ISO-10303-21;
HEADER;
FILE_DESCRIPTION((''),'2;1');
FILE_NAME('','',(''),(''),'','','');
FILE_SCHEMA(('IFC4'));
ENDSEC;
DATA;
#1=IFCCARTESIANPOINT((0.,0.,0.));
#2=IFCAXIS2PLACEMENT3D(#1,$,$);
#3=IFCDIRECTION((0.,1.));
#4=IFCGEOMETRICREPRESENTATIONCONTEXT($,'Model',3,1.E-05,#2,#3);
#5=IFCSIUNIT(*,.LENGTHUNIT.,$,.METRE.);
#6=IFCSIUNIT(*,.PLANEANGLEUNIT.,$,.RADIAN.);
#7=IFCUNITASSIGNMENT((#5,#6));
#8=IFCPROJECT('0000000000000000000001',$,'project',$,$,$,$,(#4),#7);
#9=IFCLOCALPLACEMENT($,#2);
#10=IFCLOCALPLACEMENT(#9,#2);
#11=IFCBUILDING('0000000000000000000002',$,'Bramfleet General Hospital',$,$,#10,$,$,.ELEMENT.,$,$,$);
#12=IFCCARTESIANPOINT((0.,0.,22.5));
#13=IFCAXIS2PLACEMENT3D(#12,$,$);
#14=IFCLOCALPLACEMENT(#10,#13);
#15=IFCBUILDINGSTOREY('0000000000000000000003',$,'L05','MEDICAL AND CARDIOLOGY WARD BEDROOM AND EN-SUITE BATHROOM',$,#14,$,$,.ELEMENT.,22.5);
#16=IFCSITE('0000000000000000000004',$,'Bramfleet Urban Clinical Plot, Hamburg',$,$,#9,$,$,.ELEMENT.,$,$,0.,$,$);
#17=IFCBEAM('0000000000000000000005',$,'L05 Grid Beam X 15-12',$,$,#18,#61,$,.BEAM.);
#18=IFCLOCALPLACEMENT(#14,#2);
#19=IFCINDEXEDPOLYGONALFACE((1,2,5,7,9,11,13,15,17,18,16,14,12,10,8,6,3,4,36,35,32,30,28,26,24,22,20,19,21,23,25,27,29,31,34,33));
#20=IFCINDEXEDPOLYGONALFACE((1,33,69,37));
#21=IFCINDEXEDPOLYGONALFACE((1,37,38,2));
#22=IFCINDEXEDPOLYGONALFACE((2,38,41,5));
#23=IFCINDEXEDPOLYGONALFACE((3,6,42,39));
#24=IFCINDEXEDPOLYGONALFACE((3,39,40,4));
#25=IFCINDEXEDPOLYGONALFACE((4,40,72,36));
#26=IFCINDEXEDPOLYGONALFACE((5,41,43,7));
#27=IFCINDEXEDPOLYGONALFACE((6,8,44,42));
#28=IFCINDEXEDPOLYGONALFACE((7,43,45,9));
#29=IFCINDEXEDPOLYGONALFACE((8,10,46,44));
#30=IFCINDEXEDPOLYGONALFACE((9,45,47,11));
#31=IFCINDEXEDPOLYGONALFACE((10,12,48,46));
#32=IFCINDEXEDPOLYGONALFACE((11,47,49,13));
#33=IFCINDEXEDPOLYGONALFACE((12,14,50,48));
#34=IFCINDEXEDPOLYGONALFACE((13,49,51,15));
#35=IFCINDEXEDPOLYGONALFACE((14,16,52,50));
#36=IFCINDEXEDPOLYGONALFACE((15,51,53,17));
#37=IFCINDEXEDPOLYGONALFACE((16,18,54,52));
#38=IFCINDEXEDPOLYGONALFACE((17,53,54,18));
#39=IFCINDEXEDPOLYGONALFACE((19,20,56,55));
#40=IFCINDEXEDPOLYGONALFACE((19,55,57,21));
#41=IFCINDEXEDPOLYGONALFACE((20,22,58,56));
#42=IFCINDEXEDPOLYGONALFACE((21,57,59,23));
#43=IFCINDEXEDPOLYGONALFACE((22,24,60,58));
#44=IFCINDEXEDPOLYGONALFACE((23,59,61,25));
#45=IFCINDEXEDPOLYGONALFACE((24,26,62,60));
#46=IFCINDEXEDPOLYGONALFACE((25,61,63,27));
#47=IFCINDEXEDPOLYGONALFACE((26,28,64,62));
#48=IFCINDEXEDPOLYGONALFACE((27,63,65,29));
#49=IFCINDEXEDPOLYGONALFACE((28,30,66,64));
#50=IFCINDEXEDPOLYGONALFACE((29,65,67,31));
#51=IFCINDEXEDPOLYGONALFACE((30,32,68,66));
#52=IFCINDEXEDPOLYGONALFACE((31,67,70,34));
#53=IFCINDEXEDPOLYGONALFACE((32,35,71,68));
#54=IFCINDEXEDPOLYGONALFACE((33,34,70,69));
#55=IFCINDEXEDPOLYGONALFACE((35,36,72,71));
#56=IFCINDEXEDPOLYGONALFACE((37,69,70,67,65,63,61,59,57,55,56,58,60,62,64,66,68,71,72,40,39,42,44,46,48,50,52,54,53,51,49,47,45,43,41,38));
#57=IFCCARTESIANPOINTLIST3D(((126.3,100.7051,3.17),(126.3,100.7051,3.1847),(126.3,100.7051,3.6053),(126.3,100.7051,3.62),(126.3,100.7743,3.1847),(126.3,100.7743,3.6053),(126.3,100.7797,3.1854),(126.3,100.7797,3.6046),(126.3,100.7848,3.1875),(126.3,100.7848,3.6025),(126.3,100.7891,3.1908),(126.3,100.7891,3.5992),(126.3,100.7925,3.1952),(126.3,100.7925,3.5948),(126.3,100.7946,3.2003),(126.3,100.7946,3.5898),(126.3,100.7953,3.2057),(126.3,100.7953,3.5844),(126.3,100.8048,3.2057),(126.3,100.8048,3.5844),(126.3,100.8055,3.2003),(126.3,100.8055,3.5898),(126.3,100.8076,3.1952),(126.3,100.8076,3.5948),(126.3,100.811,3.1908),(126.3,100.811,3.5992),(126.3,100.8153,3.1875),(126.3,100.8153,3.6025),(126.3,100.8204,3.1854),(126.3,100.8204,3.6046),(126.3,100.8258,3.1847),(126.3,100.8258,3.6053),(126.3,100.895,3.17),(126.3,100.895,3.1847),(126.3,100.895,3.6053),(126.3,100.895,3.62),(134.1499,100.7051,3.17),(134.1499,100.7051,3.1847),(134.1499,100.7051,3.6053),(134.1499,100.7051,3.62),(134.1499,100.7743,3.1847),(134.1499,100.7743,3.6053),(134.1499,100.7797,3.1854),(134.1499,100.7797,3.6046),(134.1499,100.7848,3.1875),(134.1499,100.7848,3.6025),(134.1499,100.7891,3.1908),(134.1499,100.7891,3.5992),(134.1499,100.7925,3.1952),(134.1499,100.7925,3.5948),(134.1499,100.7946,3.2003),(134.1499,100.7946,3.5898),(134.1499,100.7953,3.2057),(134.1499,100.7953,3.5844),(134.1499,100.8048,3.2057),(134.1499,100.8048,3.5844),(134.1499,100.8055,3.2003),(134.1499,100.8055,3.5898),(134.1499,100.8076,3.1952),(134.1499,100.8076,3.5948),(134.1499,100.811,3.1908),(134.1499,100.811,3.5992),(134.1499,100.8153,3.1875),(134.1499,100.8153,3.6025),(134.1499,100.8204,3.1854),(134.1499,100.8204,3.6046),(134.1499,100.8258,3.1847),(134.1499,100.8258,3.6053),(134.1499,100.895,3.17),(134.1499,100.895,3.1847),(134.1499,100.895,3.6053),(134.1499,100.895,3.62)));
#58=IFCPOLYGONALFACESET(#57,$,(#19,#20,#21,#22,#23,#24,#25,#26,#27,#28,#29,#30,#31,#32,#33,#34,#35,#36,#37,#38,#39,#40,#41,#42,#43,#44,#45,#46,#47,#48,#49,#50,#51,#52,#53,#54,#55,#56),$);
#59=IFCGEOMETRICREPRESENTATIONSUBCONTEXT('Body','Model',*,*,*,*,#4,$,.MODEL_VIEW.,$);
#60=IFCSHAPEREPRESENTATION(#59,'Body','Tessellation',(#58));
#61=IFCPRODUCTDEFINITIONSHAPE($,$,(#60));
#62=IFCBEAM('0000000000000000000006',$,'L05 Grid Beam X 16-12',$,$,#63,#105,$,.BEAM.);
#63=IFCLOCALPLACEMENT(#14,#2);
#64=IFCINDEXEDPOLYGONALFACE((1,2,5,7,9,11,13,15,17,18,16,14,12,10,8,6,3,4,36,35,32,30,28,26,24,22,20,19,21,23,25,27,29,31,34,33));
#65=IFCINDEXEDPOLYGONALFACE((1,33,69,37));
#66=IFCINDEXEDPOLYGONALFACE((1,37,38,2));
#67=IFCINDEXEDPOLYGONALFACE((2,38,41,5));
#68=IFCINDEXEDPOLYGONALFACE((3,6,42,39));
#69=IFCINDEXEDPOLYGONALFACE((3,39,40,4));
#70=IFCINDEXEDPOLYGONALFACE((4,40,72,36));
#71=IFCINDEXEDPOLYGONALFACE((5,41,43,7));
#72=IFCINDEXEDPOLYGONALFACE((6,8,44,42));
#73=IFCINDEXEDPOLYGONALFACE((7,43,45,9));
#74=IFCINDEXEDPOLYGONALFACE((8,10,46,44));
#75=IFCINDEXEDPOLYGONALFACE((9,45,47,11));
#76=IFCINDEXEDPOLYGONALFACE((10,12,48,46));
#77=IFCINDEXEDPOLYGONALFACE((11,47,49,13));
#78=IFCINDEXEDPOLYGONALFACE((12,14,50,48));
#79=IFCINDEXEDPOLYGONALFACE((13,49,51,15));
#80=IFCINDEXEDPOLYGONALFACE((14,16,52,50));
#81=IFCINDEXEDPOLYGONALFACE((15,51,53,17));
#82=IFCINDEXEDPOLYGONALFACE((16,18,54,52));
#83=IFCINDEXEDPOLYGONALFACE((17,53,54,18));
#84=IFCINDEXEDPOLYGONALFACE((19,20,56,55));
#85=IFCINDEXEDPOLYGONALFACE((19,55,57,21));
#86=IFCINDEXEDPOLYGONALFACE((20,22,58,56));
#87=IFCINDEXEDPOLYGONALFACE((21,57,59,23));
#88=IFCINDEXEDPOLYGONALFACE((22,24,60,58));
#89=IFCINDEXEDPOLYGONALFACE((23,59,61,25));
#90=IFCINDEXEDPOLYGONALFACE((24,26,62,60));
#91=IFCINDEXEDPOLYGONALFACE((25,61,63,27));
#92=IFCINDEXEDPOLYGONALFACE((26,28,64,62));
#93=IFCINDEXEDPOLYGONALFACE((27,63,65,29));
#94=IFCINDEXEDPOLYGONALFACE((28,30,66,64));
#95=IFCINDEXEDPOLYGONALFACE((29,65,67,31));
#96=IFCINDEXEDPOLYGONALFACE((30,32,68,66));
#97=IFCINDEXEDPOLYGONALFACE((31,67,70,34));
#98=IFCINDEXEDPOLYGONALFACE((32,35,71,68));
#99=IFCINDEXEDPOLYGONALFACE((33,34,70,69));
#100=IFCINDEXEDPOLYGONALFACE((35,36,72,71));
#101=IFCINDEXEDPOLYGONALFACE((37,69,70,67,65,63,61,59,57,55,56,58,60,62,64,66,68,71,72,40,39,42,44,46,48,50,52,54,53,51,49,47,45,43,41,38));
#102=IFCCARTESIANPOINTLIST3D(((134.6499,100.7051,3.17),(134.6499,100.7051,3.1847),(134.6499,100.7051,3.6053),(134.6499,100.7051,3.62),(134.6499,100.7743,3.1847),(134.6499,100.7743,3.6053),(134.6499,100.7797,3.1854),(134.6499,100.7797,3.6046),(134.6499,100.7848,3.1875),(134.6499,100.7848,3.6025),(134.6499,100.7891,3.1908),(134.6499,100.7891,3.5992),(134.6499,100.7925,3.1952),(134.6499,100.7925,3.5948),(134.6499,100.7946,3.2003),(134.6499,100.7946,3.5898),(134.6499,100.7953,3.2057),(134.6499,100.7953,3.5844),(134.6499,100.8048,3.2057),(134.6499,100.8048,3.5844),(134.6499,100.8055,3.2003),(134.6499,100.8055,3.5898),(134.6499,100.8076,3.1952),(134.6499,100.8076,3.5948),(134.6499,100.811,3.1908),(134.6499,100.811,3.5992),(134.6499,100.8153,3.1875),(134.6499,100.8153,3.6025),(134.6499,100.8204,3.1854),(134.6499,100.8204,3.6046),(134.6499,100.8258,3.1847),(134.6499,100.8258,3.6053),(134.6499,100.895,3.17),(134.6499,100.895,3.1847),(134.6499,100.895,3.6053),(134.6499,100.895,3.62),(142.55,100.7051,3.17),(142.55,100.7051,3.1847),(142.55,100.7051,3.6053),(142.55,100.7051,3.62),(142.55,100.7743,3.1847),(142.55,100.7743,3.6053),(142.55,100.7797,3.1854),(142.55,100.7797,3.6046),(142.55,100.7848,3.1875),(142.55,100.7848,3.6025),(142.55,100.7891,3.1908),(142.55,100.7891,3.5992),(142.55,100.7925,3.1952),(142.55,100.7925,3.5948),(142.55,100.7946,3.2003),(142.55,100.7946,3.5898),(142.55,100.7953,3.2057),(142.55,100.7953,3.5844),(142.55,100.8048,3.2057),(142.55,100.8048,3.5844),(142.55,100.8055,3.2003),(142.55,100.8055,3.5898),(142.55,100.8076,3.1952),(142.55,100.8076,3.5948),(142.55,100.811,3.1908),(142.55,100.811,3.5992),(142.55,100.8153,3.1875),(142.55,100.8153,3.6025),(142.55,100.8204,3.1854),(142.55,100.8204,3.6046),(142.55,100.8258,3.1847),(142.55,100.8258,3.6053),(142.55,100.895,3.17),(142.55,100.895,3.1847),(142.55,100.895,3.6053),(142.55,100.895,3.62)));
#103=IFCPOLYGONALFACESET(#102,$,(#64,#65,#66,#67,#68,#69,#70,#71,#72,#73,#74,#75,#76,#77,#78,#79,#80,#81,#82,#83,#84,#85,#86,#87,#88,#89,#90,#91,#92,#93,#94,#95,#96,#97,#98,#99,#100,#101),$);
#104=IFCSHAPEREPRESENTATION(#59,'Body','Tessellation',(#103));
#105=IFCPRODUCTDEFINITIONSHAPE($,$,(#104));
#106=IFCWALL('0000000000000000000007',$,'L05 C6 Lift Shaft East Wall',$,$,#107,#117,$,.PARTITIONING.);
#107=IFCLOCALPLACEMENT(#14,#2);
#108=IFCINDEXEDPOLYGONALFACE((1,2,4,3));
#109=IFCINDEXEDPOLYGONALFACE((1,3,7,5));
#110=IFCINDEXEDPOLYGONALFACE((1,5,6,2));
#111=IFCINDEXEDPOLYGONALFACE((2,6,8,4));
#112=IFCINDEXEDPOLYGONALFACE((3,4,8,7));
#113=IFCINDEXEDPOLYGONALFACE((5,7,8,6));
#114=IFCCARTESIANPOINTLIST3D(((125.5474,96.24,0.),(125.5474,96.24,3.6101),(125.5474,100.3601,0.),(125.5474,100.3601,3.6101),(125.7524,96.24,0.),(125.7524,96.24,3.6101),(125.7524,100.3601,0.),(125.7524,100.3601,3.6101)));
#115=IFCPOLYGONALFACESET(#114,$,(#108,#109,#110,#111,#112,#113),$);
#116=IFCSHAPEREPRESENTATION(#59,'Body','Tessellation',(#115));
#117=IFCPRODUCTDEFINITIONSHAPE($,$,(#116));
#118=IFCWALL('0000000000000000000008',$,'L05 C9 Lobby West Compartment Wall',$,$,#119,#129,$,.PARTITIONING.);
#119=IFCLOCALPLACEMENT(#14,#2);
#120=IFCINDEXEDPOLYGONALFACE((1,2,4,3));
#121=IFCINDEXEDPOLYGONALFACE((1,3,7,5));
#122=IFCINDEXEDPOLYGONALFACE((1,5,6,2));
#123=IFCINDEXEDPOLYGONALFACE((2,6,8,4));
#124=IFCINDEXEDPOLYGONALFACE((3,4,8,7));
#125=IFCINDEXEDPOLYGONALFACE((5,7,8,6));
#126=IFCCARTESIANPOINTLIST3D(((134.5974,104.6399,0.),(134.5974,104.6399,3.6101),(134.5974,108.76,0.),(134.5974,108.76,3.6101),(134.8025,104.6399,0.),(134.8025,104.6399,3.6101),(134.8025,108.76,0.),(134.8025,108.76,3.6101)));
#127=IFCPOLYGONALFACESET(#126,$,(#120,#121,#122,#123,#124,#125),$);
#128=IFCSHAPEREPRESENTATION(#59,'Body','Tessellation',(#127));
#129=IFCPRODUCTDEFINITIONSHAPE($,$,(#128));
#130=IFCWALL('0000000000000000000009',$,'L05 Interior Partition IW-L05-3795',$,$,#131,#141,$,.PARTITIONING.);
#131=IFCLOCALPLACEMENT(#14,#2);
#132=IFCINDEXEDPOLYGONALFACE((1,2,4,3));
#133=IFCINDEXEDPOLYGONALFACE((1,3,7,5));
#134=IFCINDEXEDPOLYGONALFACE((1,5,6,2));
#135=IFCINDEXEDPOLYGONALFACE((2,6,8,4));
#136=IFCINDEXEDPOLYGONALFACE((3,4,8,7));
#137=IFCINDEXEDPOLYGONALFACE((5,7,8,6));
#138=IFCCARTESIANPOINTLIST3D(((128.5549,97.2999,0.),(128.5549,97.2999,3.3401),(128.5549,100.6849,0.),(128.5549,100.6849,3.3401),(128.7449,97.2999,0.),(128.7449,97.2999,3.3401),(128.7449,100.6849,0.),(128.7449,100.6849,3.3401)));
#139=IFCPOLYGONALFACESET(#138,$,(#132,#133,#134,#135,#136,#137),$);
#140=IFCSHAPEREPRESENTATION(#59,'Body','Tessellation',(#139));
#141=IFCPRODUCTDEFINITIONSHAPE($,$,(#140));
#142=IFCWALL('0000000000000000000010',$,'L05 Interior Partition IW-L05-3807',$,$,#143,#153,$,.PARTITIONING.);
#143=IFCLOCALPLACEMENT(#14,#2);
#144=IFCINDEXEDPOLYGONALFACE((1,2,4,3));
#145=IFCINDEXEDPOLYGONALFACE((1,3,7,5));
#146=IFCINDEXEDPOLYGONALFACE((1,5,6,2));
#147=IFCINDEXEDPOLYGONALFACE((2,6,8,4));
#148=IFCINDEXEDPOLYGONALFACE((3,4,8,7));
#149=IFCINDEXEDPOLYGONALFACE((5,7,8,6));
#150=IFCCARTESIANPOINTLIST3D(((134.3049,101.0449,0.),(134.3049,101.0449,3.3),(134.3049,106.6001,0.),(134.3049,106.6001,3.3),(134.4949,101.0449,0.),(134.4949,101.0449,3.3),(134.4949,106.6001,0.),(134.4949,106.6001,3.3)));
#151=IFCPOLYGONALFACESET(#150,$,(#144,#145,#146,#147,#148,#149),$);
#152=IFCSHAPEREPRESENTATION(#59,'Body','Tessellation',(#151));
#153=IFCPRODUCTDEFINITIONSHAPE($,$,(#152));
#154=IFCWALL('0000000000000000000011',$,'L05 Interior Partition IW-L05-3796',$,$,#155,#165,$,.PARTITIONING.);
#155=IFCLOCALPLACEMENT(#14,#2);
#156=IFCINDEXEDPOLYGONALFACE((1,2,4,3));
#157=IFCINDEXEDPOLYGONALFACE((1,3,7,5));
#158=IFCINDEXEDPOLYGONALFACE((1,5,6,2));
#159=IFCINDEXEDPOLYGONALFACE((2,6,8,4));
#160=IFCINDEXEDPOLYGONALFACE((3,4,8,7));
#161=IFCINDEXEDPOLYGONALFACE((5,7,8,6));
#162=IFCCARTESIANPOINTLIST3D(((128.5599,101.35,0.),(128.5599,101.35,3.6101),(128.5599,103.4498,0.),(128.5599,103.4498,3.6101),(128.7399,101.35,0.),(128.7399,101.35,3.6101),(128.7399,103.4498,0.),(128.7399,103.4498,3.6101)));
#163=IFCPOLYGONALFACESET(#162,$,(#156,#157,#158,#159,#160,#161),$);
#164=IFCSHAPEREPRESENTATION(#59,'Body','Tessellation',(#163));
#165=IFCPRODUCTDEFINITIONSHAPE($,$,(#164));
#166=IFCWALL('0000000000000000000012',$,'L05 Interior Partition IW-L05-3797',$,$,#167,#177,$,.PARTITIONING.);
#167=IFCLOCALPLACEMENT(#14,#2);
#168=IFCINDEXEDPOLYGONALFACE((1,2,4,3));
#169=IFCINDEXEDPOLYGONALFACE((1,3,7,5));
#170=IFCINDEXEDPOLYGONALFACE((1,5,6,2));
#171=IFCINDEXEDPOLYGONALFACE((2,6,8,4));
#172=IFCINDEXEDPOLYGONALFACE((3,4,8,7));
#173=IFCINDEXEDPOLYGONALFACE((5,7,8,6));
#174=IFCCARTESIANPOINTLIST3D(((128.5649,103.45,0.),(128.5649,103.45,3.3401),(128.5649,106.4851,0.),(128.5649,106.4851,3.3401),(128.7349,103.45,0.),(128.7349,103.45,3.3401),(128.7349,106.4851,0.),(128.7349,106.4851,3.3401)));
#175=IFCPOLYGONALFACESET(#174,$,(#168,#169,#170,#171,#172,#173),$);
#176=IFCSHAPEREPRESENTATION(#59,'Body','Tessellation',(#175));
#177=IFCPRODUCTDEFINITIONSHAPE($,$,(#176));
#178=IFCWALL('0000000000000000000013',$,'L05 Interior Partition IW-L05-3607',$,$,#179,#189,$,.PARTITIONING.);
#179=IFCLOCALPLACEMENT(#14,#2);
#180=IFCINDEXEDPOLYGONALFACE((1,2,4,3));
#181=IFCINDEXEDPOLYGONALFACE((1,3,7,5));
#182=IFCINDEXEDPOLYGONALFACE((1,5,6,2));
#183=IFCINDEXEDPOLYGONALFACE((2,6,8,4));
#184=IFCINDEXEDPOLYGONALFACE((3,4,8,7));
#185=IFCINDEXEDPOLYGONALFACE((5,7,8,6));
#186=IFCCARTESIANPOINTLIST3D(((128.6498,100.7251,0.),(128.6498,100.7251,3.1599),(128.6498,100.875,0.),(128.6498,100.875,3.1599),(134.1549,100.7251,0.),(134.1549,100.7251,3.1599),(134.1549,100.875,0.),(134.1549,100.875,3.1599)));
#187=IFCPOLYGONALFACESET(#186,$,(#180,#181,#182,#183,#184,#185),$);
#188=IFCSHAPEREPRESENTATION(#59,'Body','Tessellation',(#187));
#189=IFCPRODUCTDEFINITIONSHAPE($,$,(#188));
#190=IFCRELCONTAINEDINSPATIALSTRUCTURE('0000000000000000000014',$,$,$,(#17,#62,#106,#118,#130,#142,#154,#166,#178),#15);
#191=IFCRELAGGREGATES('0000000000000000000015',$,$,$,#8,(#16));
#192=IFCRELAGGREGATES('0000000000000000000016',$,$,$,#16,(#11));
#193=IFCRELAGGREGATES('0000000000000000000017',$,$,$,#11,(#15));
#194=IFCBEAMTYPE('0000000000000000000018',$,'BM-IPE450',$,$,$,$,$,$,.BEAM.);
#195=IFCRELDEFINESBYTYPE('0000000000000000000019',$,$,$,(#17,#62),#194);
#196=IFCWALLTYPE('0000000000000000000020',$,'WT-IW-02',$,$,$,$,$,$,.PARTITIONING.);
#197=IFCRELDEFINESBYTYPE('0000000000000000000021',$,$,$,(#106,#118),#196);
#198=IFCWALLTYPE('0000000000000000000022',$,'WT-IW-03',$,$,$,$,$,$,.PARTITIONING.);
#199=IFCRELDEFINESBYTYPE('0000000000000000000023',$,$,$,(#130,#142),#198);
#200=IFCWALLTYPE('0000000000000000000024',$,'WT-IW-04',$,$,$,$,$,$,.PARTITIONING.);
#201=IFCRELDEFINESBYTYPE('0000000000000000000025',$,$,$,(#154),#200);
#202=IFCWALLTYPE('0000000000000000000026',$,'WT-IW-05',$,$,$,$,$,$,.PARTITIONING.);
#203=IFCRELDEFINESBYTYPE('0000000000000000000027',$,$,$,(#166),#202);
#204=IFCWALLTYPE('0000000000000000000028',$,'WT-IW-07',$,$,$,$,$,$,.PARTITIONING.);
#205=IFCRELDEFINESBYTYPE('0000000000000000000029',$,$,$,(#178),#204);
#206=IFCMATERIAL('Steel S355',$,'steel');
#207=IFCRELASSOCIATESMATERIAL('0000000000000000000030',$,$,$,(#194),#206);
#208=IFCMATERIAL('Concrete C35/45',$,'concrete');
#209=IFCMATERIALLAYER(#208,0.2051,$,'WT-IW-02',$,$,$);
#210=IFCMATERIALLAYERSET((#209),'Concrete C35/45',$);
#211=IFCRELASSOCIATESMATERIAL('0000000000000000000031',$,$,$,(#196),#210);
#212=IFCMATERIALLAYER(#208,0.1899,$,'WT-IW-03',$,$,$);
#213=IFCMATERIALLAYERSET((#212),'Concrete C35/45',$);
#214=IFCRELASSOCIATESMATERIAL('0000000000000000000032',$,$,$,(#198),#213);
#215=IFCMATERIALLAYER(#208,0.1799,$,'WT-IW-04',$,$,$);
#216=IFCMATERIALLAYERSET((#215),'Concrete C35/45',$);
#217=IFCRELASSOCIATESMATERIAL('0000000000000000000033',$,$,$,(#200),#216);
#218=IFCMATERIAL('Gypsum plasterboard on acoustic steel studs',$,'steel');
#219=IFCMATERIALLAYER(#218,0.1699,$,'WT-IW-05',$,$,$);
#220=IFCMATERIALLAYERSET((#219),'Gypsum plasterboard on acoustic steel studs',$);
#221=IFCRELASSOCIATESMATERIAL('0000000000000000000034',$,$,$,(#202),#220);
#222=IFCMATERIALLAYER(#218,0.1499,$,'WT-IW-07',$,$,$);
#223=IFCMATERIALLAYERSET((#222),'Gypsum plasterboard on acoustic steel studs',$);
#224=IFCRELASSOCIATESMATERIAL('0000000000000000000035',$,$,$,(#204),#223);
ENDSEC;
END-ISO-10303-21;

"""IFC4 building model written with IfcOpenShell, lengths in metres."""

from ifc_helpers import new_model, si_unit, direction, frame, frame_2d, origin, origin_2d, place, context, subcontext, project, spatial, rectangle, i_section, extrude, material, layer, layer_set, material_profile, profile_set, type_object, element, save


model = new_model("IFC4")

# Units and contexts
model_context = context("Model", 3, precision=1e-05, world=origin(), true_north=direction((0.0, 1.0)))
body_context = subcontext(model_context, "Body", "Model", "MODEL_VIEW")
ifc_project = project(units=[si_unit("LENGTHUNIT", "METRE"), si_unit("PLANEANGLEUNIT", "RADIAN")], contexts=[model_context])

# Site, building, storey
site_placement = place(None, origin())
site = spatial("IfcSite", under=ifc_project, at=site_placement, Name="Bramfleet Urban Clinical Plot, Hamburg", CompositionType="ELEMENT", RefElevation=0.0)
building_placement = place(site_placement, origin())
building = spatial("IfcBuilding", under=site, at=building_placement, Name="Bramfleet General Hospital", CompositionType="ELEMENT")
storey_placement = place(building_placement, frame((0.0, 0.0, 22.5)))
storey = spatial("IfcBuildingStorey", under=building, at=storey_placement, Name="L05", Description="MEDICAL AND CARDIOLOGY WARD BEDROOM AND EN-SUITE BATHROOM", CompositionType="ELEMENT", Elevation=22.5)

# Beams
ifc_material_1 = material(Name="Steel S355", Category="steel")
ifc_material_profile_1 = material_profile(ifc_material_1, i_section(OverallWidth=0.1899, OverallDepth=0.45, WebThickness=0.0095, FlangeThickness=0.0146, FilletRadius=0.021, at=origin_2d()), Name="IPE 450")
ifc_profile_set_1 = profile_set([ifc_material_profile_1], Name="Steel S355")
beam_type_1 = type_object("IfcBeamType", Name="BM-IPE450", PredefinedType="BEAM", material=ifc_profile_set_1)
beam_1_placement = place(storey_placement, frame((126.3, 100.8, 3.395), z_axis=(1.0, 0.0, 0.0), x_axis=(0.0, 1.0, 0.0)))
element("IfcBeam", 1, at=beam_1_placement, inside=storey, type_object=beam_type_1, Name="L05 Grid Beam X 15-12", PredefinedType="BEAM", context=body_context, shape_type="SweptSolid", body=[
    extrude(i_section(OverallWidth=0.1899, OverallDepth=0.45, WebThickness=0.0095, FlangeThickness=0.0146, FilletRadius=0.021, at=origin_2d()), origin(), (0.0, 0.0, 1.0), 7.8499),
])
beam_2_placement = place(storey_placement, frame((134.6499, 100.8, 3.395), z_axis=(1.0, 0.0, 0.0), x_axis=(0.0, 1.0, 0.0)))
element("IfcBeam", 2, at=beam_2_placement, inside=storey, type_object=beam_type_1, Name="L05 Grid Beam X 16-12", PredefinedType="BEAM", context=body_context, shape_type="SweptSolid", body=[
    extrude(i_section(OverallWidth=0.1899, OverallDepth=0.45, WebThickness=0.0095, FlangeThickness=0.0146, FilletRadius=0.021, at=origin_2d()), origin(), (0.0, 0.0, 1.0), 7.9001),
])

# Walls
ifc_material_2 = material(Name="Concrete C35/45", Category="concrete")
ifc_layer_1 = layer(ifc_material_2, 0.2051, Name="WT-IW-02")
ifc_layer_set_1 = layer_set([ifc_layer_1], Name="Concrete C35/45")
wall_type_1 = type_object("IfcWallType", Name="WT-IW-02", PredefinedType="PARTITIONING", material=ifc_layer_set_1)
for number, where, z_axis, x_axis, name in (
    (3, (125.6499, 96.24, 0.0), (0.0, 0.0, 1.0), (0.0, 1.0, 0.0), "L05 C6 Lift Shaft East Wall"),
    (4, (134.7, 104.6399, 0.0), (0.0, 0.0, 1.0), (0.0, 1.0, 0.0), "L05 C9 Lobby West Compartment Wall"),
):
    element("IfcWall", number, at=place(storey_placement, frame(where, z_axis=z_axis, x_axis=x_axis)), inside=storey, type_object=wall_type_1, Name=name, PredefinedType="PARTITIONING", context=body_context, shape_type="SweptSolid", body=[
        extrude(rectangle(XDim=4.1201, YDim=0.2051, at=frame_2d((2.0601, 0.0))), origin(), (0.0, 0.0, 1.0), 3.6101),
    ])
ifc_layer_2 = layer(ifc_material_2, 0.1899, Name="WT-IW-03")
ifc_layer_set_2 = layer_set([ifc_layer_2], Name="Concrete C35/45")
wall_type_2 = type_object("IfcWallType", Name="WT-IW-03", PredefinedType="PARTITIONING", material=ifc_layer_set_2)
wall_1_placement = place(storey_placement, frame((128.6499, 97.3, 0.0), z_axis=(0.0, 0.0, 1.0), x_axis=(0.0, 1.0, 0.0)))
element("IfcWall", 5, at=wall_1_placement, inside=storey, type_object=wall_type_2, Name="L05 Interior Partition IW-L05-3795", PredefinedType="PARTITIONING", context=body_context, shape_type="SweptSolid", body=[
    extrude(rectangle(XDim=3.385, YDim=0.1899, at=frame_2d((1.6924, 0.0))), origin(), (0.0, 0.0, 1.0), 3.3401),
])
wall_2_placement = place(storey_placement, frame((134.3999, 101.0449, 0.0), z_axis=(0.0, 0.0, 1.0), x_axis=(0.0, 1.0, 0.0)))
element("IfcWall", 6, at=wall_2_placement, inside=storey, type_object=wall_type_2, Name="L05 Interior Partition IW-L05-3807", PredefinedType="PARTITIONING", context=body_context, shape_type="SweptSolid", body=[
    extrude(rectangle(XDim=5.5552, YDim=0.1899, at=frame_2d((2.7776, 0.0))), origin(), (0.0, 0.0, 1.0), 3.3),
])
ifc_layer_3 = layer(ifc_material_2, 0.1799, Name="WT-IW-04")
ifc_layer_set_3 = layer_set([ifc_layer_3], Name="Concrete C35/45")
wall_type_3 = type_object("IfcWallType", Name="WT-IW-04", PredefinedType="PARTITIONING", material=ifc_layer_set_3)
wall_3_placement = place(storey_placement, frame((128.6499, 101.3501, 0.0), z_axis=(0.0, 0.0, 1.0), x_axis=(0.0, 1.0, 0.0)))
element("IfcWall", 7, at=wall_3_placement, inside=storey, type_object=wall_type_3, Name="L05 Interior Partition IW-L05-3796", PredefinedType="PARTITIONING", context=body_context, shape_type="SweptSolid", body=[
    extrude(rectangle(XDim=2.0999, YDim=0.1799, at=frame_2d((1.0498, 0.0))), origin(), (0.0, 0.0, 1.0), 3.6101),
])
ifc_material_3 = material(Name="Gypsum plasterboard on acoustic steel studs", Category="steel")
ifc_layer_4 = layer(ifc_material_3, 0.1699, Name="WT-IW-05")
ifc_layer_set_4 = layer_set([ifc_layer_4], Name="Gypsum plasterboard on acoustic steel studs")
wall_type_4 = type_object("IfcWallType", Name="WT-IW-05", PredefinedType="PARTITIONING", material=ifc_layer_set_4)
wall_4_placement = place(storey_placement, frame((128.6499, 103.45, 0.0), z_axis=(0.0, 0.0, 1.0), x_axis=(0.0, 1.0, 0.0)))
element("IfcWall", 8, at=wall_4_placement, inside=storey, type_object=wall_type_4, Name="L05 Interior Partition IW-L05-3797", PredefinedType="PARTITIONING", context=body_context, shape_type="SweptSolid", body=[
    extrude(rectangle(XDim=3.0352, YDim=0.1699, at=frame_2d((1.5176, 0.0))), origin(), (0.0, 0.0, 1.0), 3.3401),
])
ifc_layer_5 = layer(ifc_material_3, 0.1499, Name="WT-IW-07")
ifc_layer_set_5 = layer_set([ifc_layer_5], Name="Gypsum plasterboard on acoustic steel studs")
wall_type_5 = type_object("IfcWallType", Name="WT-IW-07", PredefinedType="PARTITIONING", material=ifc_layer_set_5)
wall_5_placement = place(storey_placement, frame((128.6499, 100.8, 0.0), z_axis=(0.0, 0.0, 1.0), x_axis=(1.0, 0.0, 0.0)))
element("IfcWall", 9, at=wall_5_placement, inside=storey, type_object=wall_type_5, Name="L05 Interior Partition IW-L05-3607", PredefinedType="PARTITIONING", context=body_context, shape_type="SweptSolid", body=[
    extrude(rectangle(XDim=5.5051, YDim=0.1499, at=frame_2d((2.7524, 0.0))), origin(), (0.0, 0.0, 1.0), 3.1599),
])

save(model, "model.ifc")
